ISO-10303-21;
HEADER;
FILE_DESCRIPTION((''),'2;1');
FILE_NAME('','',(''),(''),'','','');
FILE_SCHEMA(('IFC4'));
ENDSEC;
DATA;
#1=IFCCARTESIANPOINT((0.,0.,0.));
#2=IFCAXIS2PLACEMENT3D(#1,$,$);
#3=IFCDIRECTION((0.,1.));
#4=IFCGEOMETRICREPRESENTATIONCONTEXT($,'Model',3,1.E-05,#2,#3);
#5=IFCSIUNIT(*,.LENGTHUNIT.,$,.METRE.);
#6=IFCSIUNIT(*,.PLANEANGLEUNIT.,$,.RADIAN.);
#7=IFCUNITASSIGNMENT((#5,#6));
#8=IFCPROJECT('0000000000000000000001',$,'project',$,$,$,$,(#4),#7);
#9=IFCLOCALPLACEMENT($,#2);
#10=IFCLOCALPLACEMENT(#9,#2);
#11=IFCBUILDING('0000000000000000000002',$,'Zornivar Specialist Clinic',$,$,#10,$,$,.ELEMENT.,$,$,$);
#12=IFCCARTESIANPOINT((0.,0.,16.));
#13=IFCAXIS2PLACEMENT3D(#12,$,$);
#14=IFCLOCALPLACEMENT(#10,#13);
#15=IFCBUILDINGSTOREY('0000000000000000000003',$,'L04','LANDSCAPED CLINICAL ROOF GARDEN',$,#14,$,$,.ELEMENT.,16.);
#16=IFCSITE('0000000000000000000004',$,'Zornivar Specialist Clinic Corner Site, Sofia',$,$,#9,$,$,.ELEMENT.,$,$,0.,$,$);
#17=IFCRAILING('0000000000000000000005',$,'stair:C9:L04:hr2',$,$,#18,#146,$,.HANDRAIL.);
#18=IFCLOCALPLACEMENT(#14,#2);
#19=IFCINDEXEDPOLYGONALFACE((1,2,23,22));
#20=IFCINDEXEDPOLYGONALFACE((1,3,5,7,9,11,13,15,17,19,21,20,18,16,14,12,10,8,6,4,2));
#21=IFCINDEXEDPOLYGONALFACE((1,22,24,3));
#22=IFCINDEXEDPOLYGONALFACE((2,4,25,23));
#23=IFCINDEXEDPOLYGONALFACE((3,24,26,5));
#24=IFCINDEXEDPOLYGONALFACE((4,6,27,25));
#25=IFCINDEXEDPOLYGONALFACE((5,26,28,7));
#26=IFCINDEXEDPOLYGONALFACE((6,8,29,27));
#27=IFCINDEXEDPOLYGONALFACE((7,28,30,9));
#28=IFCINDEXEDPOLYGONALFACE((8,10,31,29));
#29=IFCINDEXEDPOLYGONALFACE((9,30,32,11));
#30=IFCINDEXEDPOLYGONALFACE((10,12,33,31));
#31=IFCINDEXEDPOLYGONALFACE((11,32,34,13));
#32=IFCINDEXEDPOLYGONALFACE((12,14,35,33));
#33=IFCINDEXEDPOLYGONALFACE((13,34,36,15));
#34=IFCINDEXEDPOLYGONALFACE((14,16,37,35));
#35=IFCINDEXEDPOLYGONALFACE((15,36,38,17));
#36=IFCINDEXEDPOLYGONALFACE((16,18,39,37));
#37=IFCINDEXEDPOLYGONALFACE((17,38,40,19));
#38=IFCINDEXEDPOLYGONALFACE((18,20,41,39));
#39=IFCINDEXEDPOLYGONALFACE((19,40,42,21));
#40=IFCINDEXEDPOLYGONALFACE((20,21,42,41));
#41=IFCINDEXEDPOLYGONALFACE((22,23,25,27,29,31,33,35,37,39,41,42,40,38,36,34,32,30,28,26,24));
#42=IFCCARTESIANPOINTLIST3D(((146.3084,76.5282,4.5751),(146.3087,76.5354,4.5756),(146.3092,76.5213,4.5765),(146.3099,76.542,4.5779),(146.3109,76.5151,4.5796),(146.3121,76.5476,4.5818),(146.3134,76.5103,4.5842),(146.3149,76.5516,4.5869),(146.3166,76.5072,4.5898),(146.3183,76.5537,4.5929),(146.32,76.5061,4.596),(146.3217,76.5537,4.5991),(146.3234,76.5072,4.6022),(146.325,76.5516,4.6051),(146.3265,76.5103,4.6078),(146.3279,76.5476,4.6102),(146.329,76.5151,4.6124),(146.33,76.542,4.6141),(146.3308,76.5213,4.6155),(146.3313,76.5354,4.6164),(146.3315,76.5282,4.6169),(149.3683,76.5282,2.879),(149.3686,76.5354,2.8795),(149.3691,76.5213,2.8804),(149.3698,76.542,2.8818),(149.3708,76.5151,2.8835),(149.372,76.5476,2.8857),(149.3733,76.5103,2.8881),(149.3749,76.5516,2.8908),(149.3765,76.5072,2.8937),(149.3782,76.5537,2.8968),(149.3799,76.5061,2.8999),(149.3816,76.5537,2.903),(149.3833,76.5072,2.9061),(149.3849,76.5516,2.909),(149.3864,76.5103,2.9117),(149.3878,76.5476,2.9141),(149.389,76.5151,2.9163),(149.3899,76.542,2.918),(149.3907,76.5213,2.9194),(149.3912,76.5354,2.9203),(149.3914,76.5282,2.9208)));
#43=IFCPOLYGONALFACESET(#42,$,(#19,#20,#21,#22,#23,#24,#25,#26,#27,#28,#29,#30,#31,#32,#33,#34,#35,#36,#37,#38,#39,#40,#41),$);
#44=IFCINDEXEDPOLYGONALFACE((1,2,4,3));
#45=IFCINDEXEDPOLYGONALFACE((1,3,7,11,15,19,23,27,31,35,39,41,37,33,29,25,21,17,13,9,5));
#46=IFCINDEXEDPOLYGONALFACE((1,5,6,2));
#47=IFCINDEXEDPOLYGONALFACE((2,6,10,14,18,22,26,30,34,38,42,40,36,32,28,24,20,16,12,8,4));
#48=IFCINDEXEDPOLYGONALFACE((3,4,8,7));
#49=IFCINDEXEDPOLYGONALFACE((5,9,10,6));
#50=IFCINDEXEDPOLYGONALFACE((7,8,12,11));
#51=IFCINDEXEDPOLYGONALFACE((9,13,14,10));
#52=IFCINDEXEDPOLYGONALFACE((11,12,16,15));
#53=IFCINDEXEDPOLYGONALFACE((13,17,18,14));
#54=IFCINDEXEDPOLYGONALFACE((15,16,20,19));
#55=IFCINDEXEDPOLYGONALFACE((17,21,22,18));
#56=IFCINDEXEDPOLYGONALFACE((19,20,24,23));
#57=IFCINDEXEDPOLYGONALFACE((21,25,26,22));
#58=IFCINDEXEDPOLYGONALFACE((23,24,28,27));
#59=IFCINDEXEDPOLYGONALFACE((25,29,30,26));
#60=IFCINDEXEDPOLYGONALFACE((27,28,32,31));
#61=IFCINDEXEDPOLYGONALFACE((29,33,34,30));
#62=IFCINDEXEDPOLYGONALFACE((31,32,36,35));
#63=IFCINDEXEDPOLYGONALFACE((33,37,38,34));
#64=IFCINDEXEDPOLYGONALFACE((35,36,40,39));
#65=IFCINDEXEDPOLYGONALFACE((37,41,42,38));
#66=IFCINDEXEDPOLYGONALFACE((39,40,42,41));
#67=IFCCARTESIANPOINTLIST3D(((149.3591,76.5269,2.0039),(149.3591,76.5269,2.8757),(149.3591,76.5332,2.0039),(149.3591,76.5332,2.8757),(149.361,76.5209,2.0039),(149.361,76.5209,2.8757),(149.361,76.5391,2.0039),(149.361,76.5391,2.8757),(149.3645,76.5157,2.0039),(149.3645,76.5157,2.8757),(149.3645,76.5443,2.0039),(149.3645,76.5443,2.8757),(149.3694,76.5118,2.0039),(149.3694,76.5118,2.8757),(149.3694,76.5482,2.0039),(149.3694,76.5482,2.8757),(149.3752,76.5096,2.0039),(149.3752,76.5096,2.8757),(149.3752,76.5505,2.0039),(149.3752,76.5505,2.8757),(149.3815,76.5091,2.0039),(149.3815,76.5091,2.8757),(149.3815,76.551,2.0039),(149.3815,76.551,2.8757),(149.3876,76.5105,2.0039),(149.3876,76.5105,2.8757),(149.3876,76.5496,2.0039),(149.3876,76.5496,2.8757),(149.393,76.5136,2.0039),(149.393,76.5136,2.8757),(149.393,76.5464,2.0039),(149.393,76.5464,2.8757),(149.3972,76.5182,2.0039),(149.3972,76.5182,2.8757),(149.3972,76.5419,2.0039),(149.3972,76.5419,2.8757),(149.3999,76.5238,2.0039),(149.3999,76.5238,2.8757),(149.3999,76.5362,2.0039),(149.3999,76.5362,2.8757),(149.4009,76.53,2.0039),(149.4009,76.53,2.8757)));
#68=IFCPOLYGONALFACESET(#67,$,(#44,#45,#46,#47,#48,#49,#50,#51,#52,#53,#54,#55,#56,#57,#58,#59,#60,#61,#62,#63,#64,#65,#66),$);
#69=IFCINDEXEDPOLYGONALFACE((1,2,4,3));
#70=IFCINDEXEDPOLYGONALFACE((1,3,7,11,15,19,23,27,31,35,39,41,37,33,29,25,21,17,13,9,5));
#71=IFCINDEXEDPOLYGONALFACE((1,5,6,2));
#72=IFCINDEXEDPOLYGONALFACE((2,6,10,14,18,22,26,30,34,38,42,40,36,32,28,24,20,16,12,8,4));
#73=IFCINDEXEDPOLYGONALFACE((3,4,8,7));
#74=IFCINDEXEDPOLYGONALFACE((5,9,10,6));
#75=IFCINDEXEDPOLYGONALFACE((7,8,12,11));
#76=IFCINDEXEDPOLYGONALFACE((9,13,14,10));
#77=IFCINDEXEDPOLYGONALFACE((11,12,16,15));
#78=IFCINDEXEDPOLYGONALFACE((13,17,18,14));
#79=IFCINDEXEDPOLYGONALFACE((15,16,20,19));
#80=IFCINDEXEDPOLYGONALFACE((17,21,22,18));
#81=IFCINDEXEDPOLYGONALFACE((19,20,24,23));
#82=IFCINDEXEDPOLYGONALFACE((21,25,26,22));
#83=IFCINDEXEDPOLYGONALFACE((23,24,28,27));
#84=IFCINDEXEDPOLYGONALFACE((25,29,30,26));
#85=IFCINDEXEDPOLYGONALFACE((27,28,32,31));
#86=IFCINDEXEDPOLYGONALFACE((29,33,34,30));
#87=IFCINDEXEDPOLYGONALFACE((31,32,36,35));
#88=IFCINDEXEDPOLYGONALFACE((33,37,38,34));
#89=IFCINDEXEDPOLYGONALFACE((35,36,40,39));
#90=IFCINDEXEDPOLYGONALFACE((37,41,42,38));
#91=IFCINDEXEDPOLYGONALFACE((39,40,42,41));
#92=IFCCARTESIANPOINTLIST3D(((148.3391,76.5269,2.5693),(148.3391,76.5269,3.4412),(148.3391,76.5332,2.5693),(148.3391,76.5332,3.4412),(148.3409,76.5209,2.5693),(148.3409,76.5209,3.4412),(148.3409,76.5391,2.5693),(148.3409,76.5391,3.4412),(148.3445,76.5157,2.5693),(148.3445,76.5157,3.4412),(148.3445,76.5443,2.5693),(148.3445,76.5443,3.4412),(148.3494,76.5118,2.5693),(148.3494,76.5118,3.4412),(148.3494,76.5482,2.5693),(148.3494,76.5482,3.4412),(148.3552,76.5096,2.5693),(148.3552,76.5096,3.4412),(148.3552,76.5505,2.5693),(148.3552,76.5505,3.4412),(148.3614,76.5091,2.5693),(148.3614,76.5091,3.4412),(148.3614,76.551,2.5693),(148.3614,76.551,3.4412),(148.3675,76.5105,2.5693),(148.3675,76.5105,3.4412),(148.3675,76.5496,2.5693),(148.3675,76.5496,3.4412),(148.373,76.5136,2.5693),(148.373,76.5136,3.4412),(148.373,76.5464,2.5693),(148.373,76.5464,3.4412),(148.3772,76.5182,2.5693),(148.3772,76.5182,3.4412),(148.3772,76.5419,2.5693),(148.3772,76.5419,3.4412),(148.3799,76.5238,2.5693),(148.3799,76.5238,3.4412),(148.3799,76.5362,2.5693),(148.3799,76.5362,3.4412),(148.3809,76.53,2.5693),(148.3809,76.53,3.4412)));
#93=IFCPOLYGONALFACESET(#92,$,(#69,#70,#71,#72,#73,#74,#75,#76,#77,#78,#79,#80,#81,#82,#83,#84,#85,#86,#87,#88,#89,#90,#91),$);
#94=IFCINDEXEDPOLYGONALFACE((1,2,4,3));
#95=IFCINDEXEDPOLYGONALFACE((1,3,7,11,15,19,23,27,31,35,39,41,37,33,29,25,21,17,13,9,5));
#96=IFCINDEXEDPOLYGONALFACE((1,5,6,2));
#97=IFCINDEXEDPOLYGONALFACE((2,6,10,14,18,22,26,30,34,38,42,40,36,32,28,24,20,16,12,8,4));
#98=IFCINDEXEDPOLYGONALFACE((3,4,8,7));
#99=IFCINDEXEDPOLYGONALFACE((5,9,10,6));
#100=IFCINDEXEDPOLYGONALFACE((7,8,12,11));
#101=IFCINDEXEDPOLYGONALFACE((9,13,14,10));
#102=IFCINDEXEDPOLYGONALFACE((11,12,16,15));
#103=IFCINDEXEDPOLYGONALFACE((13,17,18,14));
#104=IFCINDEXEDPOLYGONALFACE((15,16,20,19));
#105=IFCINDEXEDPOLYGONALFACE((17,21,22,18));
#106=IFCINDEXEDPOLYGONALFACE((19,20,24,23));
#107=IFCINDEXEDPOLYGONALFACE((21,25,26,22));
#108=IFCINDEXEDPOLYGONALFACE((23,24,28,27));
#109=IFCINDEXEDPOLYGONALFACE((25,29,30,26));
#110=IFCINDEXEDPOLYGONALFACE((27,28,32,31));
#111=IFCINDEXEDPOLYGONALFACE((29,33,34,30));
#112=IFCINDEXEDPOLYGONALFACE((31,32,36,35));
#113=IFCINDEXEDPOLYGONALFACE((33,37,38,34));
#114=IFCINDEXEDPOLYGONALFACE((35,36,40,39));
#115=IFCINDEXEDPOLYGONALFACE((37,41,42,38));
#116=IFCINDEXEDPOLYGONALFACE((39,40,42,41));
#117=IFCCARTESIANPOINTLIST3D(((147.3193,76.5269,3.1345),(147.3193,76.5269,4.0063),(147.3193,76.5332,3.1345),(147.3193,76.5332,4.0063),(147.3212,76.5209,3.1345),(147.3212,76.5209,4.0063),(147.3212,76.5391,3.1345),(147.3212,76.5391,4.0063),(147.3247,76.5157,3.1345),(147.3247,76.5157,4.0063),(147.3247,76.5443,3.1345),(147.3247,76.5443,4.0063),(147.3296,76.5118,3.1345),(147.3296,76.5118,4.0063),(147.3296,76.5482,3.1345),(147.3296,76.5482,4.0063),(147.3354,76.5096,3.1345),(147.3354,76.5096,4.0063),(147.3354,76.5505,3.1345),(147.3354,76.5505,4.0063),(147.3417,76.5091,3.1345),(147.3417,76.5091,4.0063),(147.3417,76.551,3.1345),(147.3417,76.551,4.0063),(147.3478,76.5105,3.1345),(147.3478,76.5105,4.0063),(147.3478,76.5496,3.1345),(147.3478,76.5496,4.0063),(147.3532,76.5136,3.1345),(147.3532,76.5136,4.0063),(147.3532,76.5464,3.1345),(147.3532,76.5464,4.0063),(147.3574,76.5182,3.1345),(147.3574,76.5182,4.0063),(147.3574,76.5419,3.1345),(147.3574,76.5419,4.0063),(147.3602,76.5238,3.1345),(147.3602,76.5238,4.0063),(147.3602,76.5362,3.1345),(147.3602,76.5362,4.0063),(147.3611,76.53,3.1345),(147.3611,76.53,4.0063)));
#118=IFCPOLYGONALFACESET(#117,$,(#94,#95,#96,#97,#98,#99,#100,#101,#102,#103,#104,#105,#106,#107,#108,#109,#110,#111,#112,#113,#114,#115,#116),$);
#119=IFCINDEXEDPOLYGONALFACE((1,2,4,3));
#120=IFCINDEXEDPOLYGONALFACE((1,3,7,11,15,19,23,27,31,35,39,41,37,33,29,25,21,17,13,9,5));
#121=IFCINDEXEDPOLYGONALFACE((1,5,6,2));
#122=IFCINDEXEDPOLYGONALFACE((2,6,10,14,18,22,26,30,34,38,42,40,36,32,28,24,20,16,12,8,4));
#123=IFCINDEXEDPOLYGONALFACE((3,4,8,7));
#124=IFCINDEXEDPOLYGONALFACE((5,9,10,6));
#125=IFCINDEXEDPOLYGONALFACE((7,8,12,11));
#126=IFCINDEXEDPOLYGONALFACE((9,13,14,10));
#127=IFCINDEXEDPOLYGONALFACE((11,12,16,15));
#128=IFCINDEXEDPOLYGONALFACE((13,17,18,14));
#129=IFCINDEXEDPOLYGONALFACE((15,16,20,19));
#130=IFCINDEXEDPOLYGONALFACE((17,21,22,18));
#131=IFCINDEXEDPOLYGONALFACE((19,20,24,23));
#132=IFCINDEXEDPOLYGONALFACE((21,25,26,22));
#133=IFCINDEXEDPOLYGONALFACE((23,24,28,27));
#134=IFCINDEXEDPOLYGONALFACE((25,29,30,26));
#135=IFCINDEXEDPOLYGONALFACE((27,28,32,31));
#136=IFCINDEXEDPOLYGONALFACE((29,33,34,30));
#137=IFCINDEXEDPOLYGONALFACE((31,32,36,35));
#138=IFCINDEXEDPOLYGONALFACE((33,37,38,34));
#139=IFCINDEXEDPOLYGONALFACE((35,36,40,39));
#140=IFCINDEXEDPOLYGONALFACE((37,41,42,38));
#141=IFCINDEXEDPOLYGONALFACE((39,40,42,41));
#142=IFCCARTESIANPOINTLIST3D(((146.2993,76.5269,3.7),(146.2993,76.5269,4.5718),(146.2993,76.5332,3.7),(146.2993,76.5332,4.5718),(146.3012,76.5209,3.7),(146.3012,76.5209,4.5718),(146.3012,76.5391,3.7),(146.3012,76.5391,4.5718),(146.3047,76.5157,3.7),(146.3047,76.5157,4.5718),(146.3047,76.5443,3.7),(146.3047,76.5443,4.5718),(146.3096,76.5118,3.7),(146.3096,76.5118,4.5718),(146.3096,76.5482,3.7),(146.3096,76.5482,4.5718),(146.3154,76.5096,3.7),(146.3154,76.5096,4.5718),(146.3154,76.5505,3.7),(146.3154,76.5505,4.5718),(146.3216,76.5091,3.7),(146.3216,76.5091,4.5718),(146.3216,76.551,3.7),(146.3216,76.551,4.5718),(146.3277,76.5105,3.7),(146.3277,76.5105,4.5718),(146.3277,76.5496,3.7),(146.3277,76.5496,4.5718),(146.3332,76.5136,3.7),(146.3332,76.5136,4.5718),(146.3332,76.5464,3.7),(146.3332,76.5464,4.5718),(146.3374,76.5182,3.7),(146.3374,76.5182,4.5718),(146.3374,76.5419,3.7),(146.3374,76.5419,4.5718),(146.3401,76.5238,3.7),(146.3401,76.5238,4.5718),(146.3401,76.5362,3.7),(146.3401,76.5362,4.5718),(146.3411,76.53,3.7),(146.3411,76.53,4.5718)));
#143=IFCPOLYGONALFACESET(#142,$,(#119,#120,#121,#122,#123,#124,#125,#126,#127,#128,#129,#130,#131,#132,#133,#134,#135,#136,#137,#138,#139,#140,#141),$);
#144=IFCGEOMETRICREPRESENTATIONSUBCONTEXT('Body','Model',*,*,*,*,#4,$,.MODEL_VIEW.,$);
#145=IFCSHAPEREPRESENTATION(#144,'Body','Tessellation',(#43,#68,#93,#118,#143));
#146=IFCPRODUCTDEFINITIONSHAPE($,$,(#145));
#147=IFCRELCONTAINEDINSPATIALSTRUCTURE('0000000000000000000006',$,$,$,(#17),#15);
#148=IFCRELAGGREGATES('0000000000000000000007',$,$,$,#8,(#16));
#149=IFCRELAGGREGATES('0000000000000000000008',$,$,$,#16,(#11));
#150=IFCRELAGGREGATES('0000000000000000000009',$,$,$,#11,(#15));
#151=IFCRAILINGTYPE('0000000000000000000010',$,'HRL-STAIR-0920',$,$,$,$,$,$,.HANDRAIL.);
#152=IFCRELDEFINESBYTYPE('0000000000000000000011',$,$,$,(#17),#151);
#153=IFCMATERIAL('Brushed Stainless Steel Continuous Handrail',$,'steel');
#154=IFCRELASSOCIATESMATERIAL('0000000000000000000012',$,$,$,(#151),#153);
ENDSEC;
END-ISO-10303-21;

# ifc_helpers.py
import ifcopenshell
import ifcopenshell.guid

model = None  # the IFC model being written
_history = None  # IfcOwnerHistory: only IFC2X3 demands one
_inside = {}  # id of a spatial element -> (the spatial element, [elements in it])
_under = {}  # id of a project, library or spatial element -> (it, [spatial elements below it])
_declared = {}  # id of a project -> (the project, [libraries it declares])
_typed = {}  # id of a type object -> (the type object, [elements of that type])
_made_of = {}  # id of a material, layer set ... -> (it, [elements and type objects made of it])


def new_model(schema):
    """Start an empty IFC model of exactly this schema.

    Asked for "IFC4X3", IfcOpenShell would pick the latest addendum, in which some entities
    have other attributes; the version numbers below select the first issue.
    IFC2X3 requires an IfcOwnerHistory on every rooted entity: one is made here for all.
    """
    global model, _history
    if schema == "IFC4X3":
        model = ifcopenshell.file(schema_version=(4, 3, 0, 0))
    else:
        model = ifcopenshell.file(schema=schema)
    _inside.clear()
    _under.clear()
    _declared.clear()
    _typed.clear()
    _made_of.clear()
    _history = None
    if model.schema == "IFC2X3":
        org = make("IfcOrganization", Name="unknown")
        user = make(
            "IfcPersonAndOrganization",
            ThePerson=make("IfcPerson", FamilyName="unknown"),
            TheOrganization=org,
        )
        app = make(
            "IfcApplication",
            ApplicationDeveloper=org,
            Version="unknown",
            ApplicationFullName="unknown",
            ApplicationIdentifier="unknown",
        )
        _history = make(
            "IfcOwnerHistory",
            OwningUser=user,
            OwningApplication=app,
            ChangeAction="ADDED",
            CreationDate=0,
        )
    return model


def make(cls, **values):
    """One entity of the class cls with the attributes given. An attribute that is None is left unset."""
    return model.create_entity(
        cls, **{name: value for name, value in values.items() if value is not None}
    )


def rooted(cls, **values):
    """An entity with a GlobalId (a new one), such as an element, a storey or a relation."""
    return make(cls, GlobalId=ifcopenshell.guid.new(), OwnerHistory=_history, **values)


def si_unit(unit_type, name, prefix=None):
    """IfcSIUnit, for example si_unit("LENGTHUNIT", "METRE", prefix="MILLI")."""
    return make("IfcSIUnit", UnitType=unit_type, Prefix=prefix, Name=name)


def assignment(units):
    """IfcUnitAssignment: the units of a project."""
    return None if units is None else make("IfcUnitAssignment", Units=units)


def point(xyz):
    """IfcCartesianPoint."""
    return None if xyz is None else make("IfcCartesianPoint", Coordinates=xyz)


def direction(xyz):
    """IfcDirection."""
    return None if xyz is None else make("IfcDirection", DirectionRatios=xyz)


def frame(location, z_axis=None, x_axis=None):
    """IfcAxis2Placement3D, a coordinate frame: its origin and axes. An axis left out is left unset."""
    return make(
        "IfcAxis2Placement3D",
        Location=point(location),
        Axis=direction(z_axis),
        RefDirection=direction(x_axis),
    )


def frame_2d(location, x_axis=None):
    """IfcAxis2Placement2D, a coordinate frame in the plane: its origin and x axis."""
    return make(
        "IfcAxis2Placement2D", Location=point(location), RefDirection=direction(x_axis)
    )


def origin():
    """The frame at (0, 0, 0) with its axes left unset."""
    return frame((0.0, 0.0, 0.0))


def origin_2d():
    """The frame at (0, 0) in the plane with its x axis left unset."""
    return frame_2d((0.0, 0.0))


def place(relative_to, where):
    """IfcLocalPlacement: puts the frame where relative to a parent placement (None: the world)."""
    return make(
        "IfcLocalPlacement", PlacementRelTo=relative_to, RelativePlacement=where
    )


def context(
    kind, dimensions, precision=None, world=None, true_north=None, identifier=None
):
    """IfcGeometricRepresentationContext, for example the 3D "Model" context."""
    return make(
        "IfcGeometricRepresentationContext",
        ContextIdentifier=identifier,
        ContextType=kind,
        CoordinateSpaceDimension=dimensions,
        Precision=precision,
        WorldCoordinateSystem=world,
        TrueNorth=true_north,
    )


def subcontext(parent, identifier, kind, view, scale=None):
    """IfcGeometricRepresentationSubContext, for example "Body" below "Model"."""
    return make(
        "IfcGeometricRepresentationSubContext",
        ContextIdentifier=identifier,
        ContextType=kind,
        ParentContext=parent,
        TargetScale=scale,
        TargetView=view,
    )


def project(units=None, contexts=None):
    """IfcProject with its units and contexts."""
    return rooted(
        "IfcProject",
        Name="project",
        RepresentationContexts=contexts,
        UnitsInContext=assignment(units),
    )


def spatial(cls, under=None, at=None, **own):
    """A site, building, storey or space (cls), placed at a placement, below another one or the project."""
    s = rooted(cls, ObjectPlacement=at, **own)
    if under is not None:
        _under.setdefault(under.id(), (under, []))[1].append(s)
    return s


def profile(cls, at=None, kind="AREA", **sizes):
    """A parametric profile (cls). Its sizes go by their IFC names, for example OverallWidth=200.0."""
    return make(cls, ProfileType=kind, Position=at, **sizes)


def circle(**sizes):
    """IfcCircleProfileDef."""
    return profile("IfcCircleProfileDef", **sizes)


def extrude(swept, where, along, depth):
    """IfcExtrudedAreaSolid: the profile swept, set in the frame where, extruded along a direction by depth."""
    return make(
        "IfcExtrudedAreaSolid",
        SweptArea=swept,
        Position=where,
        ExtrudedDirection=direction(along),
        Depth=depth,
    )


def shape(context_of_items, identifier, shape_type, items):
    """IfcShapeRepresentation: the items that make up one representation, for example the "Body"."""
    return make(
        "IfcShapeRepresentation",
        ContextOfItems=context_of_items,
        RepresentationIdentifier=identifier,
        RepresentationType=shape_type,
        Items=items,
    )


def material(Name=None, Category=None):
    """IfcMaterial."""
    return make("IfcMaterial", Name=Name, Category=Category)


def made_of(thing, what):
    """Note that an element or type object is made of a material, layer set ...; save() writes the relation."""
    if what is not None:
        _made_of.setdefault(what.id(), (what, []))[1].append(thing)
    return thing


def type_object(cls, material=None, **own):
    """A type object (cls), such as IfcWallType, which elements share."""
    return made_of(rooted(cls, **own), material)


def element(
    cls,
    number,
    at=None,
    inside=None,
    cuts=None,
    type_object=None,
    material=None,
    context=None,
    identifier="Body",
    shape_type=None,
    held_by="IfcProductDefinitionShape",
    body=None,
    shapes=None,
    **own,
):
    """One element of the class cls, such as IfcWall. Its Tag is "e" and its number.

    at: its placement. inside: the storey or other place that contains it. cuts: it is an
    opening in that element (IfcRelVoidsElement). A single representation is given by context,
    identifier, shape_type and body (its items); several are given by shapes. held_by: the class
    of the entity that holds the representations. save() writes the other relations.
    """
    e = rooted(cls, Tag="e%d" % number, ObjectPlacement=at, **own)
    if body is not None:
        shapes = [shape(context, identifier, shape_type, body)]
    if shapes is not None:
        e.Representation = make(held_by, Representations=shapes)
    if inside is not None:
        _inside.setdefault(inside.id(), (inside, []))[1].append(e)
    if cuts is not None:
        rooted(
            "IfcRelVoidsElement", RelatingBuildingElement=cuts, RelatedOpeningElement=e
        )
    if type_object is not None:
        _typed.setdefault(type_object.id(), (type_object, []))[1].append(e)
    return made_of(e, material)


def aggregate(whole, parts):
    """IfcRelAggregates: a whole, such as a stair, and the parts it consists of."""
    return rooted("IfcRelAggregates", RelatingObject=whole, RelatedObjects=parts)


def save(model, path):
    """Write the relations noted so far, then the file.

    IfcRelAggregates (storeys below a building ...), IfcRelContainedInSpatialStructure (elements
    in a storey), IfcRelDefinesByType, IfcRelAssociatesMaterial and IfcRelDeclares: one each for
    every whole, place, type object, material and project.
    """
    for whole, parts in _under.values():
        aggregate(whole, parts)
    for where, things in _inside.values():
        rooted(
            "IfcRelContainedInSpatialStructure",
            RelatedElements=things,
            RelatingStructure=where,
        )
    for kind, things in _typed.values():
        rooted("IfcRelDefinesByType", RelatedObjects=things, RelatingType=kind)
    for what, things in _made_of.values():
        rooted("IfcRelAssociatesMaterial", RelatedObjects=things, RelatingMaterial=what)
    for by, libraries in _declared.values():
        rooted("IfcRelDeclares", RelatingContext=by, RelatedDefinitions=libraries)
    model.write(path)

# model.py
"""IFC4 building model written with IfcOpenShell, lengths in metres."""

from ifc_helpers import new_model, si_unit, direction, frame, origin, origin_2d, place, context, subcontext, project, spatial, circle, extrude, material, type_object, element, save


model = new_model("IFC4")

# Units and contexts
model_context = context("Model", 3, precision=1e-05, world=origin(), true_north=direction((0.0, 1.0)))
body_context = subcontext(model_context, "Body", "Model", "MODEL_VIEW")
ifc_project = project(units=[si_unit("LENGTHUNIT", "METRE"), si_unit("PLANEANGLEUNIT", "RADIAN")], contexts=[model_context])

# Site, building, storey
site_placement = place(None, origin())
site = spatial("IfcSite", under=ifc_project, at=site_placement, Name="Zornivar Specialist Clinic Corner Site, Sofia", CompositionType="ELEMENT", RefElevation=0.0)
building_placement = place(site_placement, origin())
building = spatial("IfcBuilding", under=site, at=building_placement, Name="Zornivar Specialist Clinic", CompositionType="ELEMENT")
storey_placement = place(building_placement, frame((0.0, 0.0, 16.0)))
storey = spatial("IfcBuildingStorey", under=building, at=storey_placement, Name="L04", Description="LANDSCAPED CLINICAL ROOF GARDEN", CompositionType="ELEMENT", Elevation=16.0)

# Railing
ifc_material_1 = material(Name="Brushed Stainless Steel Continuous Handrail", Category="steel")
railing_type_1 = type_object("IfcRailingType", Name="HRL-STAIR-0920", PredefinedType="HANDRAIL", material=ifc_material_1)
railing_1_placement = place(storey_placement, frame((149.3799, 76.53, 2.0039)))
element("IfcRailing", 1, at=railing_1_placement, inside=storey, type_object=railing_type_1, Name="stair:C9:L04:hr2", PredefinedType="HANDRAIL", context=body_context, shape_type="SweptSolid", body=[
    extrude(circle(Radius=0.0239, at=origin_2d()), frame((0.0, 0.0, 0.896), z_axis=(-0.874624, 0.0, 0.484801), x_axis=(0.0, -1.0, 0.0)), (0.0, 0.0, 1.0), 3.4985),
    extrude(circle(Radius=0.021, at=origin_2d()), origin(), (0.0, 0.0, 1.0), 0.8718),
    extrude(circle(Radius=0.021, at=origin_2d()), frame((-1.02, 0.0, 0.5654)), (0.0, 0.0, 1.0), 0.8718),
    extrude(circle(Radius=0.021, at=origin_2d()), frame((-2.0398, 0.0, 1.1306)), (0.0, 0.0, 1.0), 0.8718),
    extrude(circle(Radius=0.021, at=origin_2d()), frame((-3.0598, 0.0, 1.696)), (0.0, 0.0, 1.0), 0.8718),
])

save(model, "model.ifc")
